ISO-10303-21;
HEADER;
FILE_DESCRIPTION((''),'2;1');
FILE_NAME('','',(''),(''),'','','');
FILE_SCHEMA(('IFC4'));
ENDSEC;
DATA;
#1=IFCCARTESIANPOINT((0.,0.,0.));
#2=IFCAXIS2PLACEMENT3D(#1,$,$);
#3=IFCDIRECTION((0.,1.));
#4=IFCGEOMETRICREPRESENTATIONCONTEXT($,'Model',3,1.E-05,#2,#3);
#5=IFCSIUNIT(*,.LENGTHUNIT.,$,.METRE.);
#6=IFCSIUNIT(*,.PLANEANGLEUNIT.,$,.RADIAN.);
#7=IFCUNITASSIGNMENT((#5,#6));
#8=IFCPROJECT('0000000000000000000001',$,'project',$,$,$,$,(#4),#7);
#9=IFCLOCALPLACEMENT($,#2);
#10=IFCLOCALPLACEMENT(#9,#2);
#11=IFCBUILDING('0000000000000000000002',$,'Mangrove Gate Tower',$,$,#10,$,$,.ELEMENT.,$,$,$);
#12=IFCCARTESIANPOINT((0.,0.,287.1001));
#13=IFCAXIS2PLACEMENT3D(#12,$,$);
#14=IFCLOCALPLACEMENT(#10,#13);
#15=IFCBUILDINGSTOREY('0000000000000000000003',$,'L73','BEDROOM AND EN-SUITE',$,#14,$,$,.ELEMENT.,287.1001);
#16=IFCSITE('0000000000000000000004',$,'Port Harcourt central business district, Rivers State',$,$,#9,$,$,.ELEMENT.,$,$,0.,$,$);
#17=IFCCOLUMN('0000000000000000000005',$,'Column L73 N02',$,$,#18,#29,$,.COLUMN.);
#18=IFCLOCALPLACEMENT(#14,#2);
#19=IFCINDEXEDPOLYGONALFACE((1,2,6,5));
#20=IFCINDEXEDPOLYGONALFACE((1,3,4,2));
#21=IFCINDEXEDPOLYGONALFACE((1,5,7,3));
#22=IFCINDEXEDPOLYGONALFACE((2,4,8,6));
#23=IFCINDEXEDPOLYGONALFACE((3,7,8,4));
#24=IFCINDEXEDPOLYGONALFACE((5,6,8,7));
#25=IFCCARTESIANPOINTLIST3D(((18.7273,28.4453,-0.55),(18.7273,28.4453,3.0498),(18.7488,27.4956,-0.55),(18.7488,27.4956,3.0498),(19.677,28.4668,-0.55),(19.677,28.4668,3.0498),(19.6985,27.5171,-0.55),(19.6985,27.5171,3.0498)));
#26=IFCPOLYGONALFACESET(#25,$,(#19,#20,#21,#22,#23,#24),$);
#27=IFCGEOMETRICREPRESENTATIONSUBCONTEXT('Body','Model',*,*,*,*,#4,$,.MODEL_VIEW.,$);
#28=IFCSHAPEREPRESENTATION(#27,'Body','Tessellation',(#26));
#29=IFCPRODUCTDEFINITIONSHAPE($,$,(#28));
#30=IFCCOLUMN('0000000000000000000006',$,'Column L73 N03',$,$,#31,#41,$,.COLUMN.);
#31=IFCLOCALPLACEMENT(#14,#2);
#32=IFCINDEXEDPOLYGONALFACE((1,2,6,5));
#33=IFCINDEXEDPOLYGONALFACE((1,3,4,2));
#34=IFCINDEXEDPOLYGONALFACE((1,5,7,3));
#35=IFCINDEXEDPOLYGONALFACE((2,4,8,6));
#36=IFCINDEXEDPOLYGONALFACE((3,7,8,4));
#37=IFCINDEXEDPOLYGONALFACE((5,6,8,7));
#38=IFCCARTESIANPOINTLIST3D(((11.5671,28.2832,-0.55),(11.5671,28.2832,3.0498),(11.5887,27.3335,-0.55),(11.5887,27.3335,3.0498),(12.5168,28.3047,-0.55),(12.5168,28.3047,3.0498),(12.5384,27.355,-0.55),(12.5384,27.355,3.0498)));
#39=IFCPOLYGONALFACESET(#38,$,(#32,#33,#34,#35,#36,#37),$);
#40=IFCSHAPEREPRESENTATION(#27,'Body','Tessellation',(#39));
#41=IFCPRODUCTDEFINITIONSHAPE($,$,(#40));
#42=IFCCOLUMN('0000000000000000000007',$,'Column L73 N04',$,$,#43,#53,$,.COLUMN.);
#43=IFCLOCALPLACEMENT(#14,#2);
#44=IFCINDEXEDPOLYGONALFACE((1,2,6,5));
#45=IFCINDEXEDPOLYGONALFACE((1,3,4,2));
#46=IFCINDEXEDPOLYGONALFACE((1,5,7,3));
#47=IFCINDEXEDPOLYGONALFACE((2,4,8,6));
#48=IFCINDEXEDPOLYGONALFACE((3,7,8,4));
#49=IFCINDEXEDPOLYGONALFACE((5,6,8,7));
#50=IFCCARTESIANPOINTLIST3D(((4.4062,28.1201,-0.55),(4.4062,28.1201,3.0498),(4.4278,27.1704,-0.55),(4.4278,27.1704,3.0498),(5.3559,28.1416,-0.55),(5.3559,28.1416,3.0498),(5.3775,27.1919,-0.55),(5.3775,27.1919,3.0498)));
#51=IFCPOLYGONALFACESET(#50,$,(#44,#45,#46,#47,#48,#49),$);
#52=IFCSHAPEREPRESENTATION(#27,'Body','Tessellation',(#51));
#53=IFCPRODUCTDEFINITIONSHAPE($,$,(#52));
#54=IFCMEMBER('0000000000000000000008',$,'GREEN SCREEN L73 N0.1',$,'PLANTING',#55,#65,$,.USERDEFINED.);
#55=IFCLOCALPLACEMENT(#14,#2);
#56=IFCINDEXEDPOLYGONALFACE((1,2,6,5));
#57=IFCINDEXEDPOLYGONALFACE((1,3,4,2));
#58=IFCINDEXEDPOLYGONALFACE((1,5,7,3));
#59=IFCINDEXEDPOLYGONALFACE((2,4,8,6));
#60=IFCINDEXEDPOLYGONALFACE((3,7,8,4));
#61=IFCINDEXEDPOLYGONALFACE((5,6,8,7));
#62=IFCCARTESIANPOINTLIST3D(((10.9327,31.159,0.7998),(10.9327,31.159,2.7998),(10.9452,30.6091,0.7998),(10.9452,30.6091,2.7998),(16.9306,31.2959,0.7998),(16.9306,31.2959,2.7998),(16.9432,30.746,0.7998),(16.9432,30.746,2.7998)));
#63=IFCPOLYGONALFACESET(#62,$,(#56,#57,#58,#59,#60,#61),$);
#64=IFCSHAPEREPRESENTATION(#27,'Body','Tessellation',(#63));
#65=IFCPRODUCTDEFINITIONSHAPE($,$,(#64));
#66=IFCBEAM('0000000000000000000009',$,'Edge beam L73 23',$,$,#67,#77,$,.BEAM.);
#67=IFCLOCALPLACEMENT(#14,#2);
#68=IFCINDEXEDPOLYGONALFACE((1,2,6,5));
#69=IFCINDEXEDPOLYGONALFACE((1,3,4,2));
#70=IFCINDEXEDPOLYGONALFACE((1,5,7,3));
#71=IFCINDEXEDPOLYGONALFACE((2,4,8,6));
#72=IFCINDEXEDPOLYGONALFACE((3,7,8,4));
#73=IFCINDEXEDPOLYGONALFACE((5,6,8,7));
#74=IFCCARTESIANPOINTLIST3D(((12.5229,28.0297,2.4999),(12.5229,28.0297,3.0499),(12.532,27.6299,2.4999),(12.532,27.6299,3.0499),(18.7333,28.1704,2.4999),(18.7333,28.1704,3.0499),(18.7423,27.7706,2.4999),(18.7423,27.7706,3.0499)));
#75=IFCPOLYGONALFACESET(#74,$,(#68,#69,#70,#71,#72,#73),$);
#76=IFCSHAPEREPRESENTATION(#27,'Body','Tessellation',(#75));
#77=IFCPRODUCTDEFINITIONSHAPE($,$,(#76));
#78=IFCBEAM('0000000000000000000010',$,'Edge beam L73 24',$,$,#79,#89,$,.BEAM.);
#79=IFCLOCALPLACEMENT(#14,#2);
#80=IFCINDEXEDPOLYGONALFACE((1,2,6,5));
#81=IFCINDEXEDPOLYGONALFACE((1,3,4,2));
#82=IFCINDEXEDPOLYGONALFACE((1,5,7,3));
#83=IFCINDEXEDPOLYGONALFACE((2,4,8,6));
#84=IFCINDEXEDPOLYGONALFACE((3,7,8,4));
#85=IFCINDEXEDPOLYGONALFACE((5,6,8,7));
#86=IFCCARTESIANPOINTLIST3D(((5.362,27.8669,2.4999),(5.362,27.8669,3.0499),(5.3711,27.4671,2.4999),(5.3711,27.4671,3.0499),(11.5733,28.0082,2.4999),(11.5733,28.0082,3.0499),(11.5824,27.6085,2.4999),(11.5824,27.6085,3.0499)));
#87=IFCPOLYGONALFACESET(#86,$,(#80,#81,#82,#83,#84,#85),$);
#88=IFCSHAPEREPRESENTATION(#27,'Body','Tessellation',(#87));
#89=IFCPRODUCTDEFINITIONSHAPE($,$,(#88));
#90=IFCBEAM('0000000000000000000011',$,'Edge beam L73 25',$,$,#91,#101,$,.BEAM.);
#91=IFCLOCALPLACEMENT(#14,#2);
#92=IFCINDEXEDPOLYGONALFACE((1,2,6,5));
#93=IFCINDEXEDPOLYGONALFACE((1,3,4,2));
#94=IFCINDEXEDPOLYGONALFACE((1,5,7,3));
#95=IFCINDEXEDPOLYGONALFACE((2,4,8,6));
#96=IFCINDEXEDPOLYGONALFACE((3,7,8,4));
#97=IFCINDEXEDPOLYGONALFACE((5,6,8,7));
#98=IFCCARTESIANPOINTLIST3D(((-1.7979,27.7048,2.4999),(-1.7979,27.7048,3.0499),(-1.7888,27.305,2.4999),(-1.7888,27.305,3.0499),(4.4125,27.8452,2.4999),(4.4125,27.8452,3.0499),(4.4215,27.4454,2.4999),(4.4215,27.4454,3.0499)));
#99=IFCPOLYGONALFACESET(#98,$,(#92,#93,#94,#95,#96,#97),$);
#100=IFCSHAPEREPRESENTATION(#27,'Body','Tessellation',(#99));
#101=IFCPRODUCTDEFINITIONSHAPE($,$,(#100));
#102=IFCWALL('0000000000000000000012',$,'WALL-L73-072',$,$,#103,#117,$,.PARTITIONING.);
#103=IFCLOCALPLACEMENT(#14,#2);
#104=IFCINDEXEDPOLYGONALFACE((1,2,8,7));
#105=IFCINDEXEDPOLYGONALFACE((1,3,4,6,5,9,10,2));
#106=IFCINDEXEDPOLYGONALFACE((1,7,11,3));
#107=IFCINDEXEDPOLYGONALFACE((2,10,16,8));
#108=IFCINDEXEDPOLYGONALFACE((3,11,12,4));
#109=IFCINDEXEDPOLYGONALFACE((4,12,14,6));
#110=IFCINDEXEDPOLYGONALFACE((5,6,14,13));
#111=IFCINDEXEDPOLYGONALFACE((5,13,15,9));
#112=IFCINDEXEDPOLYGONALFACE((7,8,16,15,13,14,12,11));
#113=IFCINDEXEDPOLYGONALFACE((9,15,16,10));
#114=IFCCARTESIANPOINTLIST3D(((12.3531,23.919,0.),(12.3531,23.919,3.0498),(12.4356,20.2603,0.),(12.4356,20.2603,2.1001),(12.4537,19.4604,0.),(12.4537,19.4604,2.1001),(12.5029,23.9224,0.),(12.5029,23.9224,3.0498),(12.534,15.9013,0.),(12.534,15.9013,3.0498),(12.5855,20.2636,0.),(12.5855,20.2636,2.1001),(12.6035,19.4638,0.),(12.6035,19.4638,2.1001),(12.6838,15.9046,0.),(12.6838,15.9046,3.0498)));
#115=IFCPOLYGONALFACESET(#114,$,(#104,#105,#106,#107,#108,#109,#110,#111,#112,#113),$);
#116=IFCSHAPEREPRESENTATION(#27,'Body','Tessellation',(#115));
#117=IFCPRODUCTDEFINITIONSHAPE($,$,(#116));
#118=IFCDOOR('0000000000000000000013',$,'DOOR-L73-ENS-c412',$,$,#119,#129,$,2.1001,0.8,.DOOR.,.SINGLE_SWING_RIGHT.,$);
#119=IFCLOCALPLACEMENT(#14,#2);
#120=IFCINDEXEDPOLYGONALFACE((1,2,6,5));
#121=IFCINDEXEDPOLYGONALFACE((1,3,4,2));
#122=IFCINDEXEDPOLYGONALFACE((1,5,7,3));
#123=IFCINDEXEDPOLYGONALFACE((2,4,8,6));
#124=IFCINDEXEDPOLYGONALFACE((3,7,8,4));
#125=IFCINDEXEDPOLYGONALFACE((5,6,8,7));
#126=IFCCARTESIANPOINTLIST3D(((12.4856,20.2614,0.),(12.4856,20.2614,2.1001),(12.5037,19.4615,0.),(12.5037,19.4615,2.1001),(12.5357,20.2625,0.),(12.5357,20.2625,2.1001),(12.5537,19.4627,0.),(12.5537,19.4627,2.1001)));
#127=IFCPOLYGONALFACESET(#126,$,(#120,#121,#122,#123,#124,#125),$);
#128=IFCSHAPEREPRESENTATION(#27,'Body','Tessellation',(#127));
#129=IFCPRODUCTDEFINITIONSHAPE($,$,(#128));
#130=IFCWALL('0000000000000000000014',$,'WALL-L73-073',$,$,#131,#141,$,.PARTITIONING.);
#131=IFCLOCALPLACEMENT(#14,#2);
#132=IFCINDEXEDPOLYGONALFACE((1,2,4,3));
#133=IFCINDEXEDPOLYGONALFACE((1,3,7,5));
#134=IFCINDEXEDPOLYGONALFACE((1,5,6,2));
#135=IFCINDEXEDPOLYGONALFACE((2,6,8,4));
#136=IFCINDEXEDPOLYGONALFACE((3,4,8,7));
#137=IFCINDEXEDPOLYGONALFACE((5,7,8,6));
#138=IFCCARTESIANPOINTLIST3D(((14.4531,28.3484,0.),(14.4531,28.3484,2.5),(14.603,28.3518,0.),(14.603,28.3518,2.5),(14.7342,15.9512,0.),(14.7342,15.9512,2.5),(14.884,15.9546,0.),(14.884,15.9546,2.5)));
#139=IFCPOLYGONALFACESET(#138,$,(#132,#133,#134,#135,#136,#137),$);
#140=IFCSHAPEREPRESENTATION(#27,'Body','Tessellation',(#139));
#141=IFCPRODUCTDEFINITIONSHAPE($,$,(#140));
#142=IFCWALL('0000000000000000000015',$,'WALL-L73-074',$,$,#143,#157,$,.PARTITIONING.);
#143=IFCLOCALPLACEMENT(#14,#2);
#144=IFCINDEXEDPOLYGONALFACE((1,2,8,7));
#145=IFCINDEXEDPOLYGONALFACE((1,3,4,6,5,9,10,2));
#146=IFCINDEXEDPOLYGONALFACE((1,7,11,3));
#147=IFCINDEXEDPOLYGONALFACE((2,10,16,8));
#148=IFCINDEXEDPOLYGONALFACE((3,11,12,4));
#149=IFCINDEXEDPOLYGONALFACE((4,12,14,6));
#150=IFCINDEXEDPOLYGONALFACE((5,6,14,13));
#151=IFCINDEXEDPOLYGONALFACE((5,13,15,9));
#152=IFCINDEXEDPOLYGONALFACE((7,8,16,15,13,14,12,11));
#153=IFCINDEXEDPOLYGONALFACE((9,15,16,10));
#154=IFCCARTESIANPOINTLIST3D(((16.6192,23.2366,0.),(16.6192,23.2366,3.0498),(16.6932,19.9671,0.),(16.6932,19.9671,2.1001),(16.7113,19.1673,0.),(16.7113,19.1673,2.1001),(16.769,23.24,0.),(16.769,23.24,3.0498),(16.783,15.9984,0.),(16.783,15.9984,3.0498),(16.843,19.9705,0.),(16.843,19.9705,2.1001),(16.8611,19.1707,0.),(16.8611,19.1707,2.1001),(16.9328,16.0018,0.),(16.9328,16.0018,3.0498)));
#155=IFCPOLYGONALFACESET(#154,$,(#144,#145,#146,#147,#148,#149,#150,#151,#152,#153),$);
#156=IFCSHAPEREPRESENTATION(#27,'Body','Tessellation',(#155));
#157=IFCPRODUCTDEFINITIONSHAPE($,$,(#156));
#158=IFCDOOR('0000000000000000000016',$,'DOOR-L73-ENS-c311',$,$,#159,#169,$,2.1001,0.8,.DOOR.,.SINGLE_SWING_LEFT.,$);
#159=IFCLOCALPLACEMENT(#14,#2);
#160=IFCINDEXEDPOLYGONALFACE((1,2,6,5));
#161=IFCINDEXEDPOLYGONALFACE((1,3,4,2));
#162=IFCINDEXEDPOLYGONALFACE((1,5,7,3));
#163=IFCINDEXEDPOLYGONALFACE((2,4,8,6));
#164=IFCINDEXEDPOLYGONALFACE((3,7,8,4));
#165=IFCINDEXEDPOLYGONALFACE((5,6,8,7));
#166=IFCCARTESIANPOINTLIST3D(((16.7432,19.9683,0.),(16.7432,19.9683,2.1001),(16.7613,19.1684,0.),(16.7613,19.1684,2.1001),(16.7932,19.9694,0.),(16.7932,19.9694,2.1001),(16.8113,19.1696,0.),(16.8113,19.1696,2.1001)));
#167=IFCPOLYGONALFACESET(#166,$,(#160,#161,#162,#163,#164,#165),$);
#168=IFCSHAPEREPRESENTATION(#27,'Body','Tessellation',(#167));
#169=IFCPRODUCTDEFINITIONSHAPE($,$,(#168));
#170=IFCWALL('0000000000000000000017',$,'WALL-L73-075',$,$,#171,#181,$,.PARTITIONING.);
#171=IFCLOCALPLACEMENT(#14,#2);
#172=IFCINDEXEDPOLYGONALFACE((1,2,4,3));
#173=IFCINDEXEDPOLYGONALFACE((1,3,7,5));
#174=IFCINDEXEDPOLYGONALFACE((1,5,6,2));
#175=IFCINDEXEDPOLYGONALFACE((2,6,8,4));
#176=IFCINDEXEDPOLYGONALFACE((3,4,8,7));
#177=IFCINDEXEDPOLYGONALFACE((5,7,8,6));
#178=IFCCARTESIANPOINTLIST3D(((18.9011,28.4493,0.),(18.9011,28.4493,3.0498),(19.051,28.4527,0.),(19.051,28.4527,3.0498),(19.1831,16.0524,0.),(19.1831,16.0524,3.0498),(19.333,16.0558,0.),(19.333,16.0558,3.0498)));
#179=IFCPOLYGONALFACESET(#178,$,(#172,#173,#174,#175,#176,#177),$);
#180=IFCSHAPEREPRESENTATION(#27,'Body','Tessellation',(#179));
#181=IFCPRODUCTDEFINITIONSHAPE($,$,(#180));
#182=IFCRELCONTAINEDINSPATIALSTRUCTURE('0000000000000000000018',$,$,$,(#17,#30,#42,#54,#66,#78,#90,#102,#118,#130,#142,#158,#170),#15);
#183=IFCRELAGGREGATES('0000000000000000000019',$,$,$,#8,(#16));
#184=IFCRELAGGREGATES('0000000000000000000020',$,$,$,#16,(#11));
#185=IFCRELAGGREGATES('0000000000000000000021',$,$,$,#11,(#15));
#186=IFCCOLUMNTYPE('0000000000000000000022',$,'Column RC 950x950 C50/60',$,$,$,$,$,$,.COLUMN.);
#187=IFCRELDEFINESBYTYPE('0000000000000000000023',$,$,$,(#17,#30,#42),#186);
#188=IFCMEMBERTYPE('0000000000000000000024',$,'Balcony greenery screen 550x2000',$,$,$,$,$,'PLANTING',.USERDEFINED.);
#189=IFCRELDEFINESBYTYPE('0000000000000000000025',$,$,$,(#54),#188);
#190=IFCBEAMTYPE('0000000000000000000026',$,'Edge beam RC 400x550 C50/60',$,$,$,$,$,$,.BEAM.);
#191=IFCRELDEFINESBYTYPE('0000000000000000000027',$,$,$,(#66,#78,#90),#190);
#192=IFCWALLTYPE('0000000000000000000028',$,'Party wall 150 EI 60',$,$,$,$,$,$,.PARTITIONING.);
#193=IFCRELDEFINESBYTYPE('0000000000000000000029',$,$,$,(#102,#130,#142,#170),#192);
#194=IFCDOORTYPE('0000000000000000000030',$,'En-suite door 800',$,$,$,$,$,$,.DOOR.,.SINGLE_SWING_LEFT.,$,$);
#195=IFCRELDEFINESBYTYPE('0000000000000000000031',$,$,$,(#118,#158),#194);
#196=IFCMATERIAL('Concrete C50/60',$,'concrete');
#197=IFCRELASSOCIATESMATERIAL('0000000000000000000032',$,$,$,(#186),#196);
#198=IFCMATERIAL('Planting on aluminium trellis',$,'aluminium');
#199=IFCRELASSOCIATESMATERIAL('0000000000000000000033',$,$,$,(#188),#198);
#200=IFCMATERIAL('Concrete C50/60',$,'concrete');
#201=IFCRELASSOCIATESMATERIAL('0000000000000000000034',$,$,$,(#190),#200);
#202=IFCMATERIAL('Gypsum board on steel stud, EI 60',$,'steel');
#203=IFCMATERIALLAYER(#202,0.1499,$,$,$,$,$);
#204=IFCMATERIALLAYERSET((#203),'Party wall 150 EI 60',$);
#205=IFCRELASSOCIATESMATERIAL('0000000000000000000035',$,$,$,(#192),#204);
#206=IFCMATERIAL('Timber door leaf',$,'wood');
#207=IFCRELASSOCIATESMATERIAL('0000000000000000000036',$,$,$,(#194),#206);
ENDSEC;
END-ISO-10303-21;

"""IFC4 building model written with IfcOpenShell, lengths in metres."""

from ifc_helpers import new_model, si_unit, direction, frame, frame_2d, origin, origin_2d, place, context, subcontext, project, spatial, rectangle, extrude, material, layer, layer_set, material_profile, profile_set, type_object, element, fill, save


model = new_model("IFC4")

# Units and contexts
model_context = context("Model", 3, precision=1e-05, world=origin(), true_north=direction((0.0, 1.0)))
body_context = subcontext(model_context, "Body", "Model", "MODEL_VIEW")
ifc_project = project(units=[si_unit("LENGTHUNIT", "METRE"), si_unit("PLANEANGLEUNIT", "RADIAN")], contexts=[model_context])

# Site, building, storey
site_placement = place(None, origin())
site = spatial("IfcSite", under=ifc_project, at=site_placement, Name="Port Harcourt central business district, Rivers State", CompositionType="ELEMENT", RefElevation=0.0)
building_placement = place(site_placement, origin())
building = spatial("IfcBuilding", under=site, at=building_placement, Name="Mangrove Gate Tower", CompositionType="ELEMENT")
storey_placement = place(building_placement, frame((0.0, 0.0, 287.1001)))
storey = spatial("IfcBuildingStorey", under=building, at=storey_placement, Name="L73", Description="BEDROOM AND EN-SUITE", CompositionType="ELEMENT", Elevation=287.1001)

# Columns
ifc_material_1 = material(Name="Concrete C50/60", Category="concrete")
ifc_material_profile_1 = material_profile(ifc_material_1, rectangle(XDim=0.95, YDim=0.95, at=origin_2d()))
ifc_profile_set_1 = profile_set([ifc_material_profile_1], Name="Concrete C50/60")
column_type = type_object("IfcColumnType", Name="Column RC 950x950 C50/60", PredefinedType="COLUMN", material=ifc_profile_set_1)
for number, where, z_axis, x_axis, name in (
    (1, (19.2129, 27.9812, -0.55), (0.0, 0.0, 1.0), (-0.999743, -0.022688, 0.0), "Column L73 N02"),
    (2, (12.0527, 27.8191, -0.55), (0.0, 0.0, 1.0), (-0.999743, -0.022688, 0.0), "Column L73 N03"),
    (3, (4.8918, 27.656, -0.55), (0.0, 0.0, 1.0), (-0.999743, -0.022688, 0.0), "Column L73 N04"),
):
    element("IfcColumn", number, at=place(storey_placement, frame(where, z_axis=z_axis, x_axis=x_axis)), inside=storey, type_object=column_type, Name=name, PredefinedType="COLUMN", context=body_context, shape_type="SweptSolid", body=[
        extrude(rectangle(XDim=0.95, YDim=0.95, at=origin_2d()), origin(), (0.0, 0.0, 1.0), 3.5999),
    ])

# Member
ifc_material_2 = material(Name="Planting on aluminium trellis", Category="aluminium")
ifc_material_profile_2 = material_profile(ifc_material_2, rectangle(XDim=0.55, YDim=2.0, at=origin_2d()))
ifc_profile_set_2 = profile_set([ifc_material_profile_2], Name="Planting on aluminium trellis")
member_type = type_object("IfcMemberType", Name="Balcony greenery screen 550x2000", ElementType="PLANTING", PredefinedType="USERDEFINED", material=ifc_profile_set_2)
member_placement = place(storey_placement, frame((10.939, 30.884, 1.7998), z_axis=(0.999739, 0.022829, 0.0), x_axis=(-0.022829, 0.999739, 0.0)))
element("IfcMember", 4, at=member_placement, inside=storey, type_object=member_type, Name="GREEN SCREEN L73 N0.1", ObjectType="PLANTING", PredefinedType="USERDEFINED", context=body_context, shape_type="SweptSolid", body=[
    extrude(rectangle(XDim=0.55, YDim=2.0, at=origin_2d()), origin(), (0.0, 0.0, 1.0), 5.9995),
])

# Beams
ifc_material_3 = material(Name="Concrete C50/60", Category="concrete")
ifc_material_profile_3 = material_profile(ifc_material_3, rectangle(XDim=0.3999, YDim=0.55, at=origin_2d()))
ifc_profile_set_3 = profile_set([ifc_material_profile_3], Name="Concrete C50/60")
beam_type = type_object("IfcBeamType", Name="Edge beam RC 400x550 C50/60", PredefinedType="BEAM", material=ifc_profile_set_3)
beam_1_placement = place(storey_placement, frame((18.7378, 27.9705, 2.7749), z_axis=(-0.999744, -0.022638, 0.0), x_axis=(0.022638, -0.999744, 0.0)))
element("IfcBeam", 5, at=beam_1_placement, inside=storey, type_object=beam_type, Name="Edge beam L73 23", PredefinedType="BEAM", context=body_context, shape_type="SweptSolid", body=[
    extrude(rectangle(XDim=0.3999, YDim=0.55, at=origin_2d()), origin(), (0.0, 0.0, 1.0), 6.2119),
])
beam_2_placement = place(storey_placement, frame((11.5779, 27.8083, 2.7749), z_axis=(-0.999741, -0.022753, 0.0), x_axis=(0.022753, -0.999741, 0.0)))
element("IfcBeam", 6, at=beam_2_placement, inside=storey, type_object=beam_type, Name="Edge beam L73 24", PredefinedType="BEAM", context=body_context, shape_type="SweptSolid", body=[
    extrude(rectangle(XDim=0.3999, YDim=0.55, at=origin_2d()), origin(), (0.0, 0.0, 1.0), 6.2129),
])
beam_3_placement = place(storey_placement, frame((4.417, 27.6453, 2.7749), z_axis=(-0.999745, -0.022598, 0.0), x_axis=(0.022598, -0.999745, 0.0)))
element("IfcBeam", 7, at=beam_3_placement, inside=storey, type_object=beam_type, Name="Edge beam L73 25", PredefinedType="BEAM", context=body_context, shape_type="SweptSolid", body=[
    extrude(rectangle(XDim=0.3999, YDim=0.55, at=origin_2d()), origin(), (0.0, 0.0, 1.0), 6.2119),
])

# Wall, opening, door
ifc_material_4 = material(Name="Gypsum board on steel stud, EI 60", Category="steel")
ifc_layer_1 = layer(ifc_material_4, 0.1499)
ifc_layer_set_1 = layer_set([ifc_layer_1], Name="Party wall 150 EI 60")
wall_type_1 = type_object("IfcWallType", Name="Party wall 150 EI 60", PredefinedType="PARTITIONING", material=ifc_layer_set_1)
wall_1_placement = place(storey_placement, frame((12.6089, 15.9031, 0.0), z_axis=(0.0, 0.0, 1.0), x_axis=(-0.022558, 0.999746, 0.0)))
wall_1 = element("IfcWall", 8, at=wall_1_placement, inside=storey, type_object=wall_type_1, Name="WALL-L73-072", PredefinedType="PARTITIONING", context=body_context, shape_type="SweptSolid", body=[
    extrude(rectangle(XDim=8.0198, YDim=0.1499, at=frame_2d((4.0098, 0.0))), origin(), (0.0, 0.0, 1.0), 3.0498),
])
opening_1_placement = place(wall_1_placement, frame((3.5601, 0.0, 0.0)))
opening_1 = element("IfcOpeningElement", 9, at=opening_1_placement, cuts=wall_1, PredefinedType="OPENING", context=body_context, shape_type="SweptSolid", body=[
    extrude(rectangle(XDim=0.8, YDim=2.1001, at=frame_2d((0.3999, 1.05))), frame((0.0, 0.085, 0.0), z_axis=(0.0, -1.0, 0.0), x_axis=(1.0, 0.0, 0.0)), (0.0, 0.0, 1.0), 0.1699),
])
ifc_material_5 = material(Name="Timber door leaf", Category="wood")
door_type = type_object("IfcDoorType", Name="En-suite door 800", OperationType="SINGLE_SWING_LEFT", PredefinedType="DOOR", material=ifc_material_5)
door_1_placement = place(opening_1_placement, origin())
door_1 = element("IfcDoor", 10, at=door_1_placement, inside=storey, type_object=door_type, Name="DOOR-L73-ENS-c412", OperationType="SINGLE_SWING_RIGHT", OverallHeight=2.1001, OverallWidth=0.8, PredefinedType="DOOR", context=body_context, shape_type="SweptSolid", body=[
    extrude(rectangle(XDim=0.8, YDim=2.1001, at=frame_2d((0.3999, 1.05))), frame((0.0, 0.0249, 0.0), z_axis=(0.0, -1.0, 0.0), x_axis=(1.0, 0.0, 0.0)), (0.0, 0.0, 1.0), 0.05),
])
fill(opening_1, door_1)

# Wall
wall_2_placement = place(storey_placement, frame((14.8091, 15.9529, 0.0), z_axis=(0.0, 0.0, 1.0), x_axis=(-0.022661, 0.999743, 0.0)))
element("IfcWall", 11, at=wall_2_placement, inside=storey, type_object=wall_type_1, Name="WALL-L73-073", PredefinedType="PARTITIONING", context=body_context, shape_type="SweptSolid", body=[
    extrude(rectangle(XDim=12.4004, YDim=0.1499, at=frame_2d((6.2002, 0.0))), origin(), (0.0, 0.0, 1.0), 2.5),
])

# Wall, opening, door
wall_3_placement = place(storey_placement, frame((16.8579, 16.0, 0.0), z_axis=(0.0, 0.0, 1.0), x_axis=(-0.022627, 0.999744, 0.0)))
wall_3 = element("IfcWall", 12, at=wall_3_placement, inside=storey, type_object=wall_type_1, Name="WALL-L73-074", PredefinedType="PARTITIONING", context=body_context, shape_type="SweptSolid", body=[
    extrude(rectangle(XDim=7.24, YDim=0.1499, at=frame_2d((3.6201, 0.0))), origin(), (0.0, 0.0, 1.0), 3.0498),
])
opening_2_placement = place(wall_3_placement, frame((3.1699, 0.0, 0.0)))
opening_2 = element("IfcOpeningElement", 13, at=opening_2_placement, cuts=wall_3, PredefinedType="OPENING", context=body_context, shape_type="SweptSolid", body=[
    extrude(rectangle(XDim=0.8, YDim=2.1001, at=frame_2d((0.3999, 1.05))), frame((0.0, 0.085, 0.0), z_axis=(0.0, -1.0, 0.0), x_axis=(1.0, 0.0, 0.0)), (0.0, 0.0, 1.0), 0.1699),
])
door_2_placement = place(opening_2_placement, origin())
door_2 = element("IfcDoor", 14, at=door_2_placement, inside=storey, type_object=door_type, Name="DOOR-L73-ENS-c311", OperationType="SINGLE_SWING_LEFT", OverallHeight=2.1001, OverallWidth=0.8, PredefinedType="DOOR", context=body_context, shape_type="SweptSolid", body=[
    extrude(rectangle(XDim=0.8, YDim=2.1001, at=frame_2d((0.3999, 1.05))), frame((0.0, 0.0249, 0.0), z_axis=(0.0, -1.0, 0.0), x_axis=(1.0, 0.0, 0.0)), (0.0, 0.0, 1.0), 0.05),
])
fill(opening_2, door_2)

# Wall
wall_4_placement = place(storey_placement, frame((19.2581, 16.054, 0.0), z_axis=(0.0, 0.0, 1.0), x_axis=(-0.02274, 0.999741, 0.0)))
element("IfcWall", 15, at=wall_4_placement, inside=storey, type_object=wall_type_1, Name="WALL-L73-075", PredefinedType="PARTITIONING", context=body_context, shape_type="SweptSolid", body=[
    extrude(rectangle(XDim=12.4001, YDim=0.1499, at=frame_2d((6.2002, 0.0))), origin(), (0.0, 0.0, 1.0), 3.0498),
])

save(model, "model.ifc")
